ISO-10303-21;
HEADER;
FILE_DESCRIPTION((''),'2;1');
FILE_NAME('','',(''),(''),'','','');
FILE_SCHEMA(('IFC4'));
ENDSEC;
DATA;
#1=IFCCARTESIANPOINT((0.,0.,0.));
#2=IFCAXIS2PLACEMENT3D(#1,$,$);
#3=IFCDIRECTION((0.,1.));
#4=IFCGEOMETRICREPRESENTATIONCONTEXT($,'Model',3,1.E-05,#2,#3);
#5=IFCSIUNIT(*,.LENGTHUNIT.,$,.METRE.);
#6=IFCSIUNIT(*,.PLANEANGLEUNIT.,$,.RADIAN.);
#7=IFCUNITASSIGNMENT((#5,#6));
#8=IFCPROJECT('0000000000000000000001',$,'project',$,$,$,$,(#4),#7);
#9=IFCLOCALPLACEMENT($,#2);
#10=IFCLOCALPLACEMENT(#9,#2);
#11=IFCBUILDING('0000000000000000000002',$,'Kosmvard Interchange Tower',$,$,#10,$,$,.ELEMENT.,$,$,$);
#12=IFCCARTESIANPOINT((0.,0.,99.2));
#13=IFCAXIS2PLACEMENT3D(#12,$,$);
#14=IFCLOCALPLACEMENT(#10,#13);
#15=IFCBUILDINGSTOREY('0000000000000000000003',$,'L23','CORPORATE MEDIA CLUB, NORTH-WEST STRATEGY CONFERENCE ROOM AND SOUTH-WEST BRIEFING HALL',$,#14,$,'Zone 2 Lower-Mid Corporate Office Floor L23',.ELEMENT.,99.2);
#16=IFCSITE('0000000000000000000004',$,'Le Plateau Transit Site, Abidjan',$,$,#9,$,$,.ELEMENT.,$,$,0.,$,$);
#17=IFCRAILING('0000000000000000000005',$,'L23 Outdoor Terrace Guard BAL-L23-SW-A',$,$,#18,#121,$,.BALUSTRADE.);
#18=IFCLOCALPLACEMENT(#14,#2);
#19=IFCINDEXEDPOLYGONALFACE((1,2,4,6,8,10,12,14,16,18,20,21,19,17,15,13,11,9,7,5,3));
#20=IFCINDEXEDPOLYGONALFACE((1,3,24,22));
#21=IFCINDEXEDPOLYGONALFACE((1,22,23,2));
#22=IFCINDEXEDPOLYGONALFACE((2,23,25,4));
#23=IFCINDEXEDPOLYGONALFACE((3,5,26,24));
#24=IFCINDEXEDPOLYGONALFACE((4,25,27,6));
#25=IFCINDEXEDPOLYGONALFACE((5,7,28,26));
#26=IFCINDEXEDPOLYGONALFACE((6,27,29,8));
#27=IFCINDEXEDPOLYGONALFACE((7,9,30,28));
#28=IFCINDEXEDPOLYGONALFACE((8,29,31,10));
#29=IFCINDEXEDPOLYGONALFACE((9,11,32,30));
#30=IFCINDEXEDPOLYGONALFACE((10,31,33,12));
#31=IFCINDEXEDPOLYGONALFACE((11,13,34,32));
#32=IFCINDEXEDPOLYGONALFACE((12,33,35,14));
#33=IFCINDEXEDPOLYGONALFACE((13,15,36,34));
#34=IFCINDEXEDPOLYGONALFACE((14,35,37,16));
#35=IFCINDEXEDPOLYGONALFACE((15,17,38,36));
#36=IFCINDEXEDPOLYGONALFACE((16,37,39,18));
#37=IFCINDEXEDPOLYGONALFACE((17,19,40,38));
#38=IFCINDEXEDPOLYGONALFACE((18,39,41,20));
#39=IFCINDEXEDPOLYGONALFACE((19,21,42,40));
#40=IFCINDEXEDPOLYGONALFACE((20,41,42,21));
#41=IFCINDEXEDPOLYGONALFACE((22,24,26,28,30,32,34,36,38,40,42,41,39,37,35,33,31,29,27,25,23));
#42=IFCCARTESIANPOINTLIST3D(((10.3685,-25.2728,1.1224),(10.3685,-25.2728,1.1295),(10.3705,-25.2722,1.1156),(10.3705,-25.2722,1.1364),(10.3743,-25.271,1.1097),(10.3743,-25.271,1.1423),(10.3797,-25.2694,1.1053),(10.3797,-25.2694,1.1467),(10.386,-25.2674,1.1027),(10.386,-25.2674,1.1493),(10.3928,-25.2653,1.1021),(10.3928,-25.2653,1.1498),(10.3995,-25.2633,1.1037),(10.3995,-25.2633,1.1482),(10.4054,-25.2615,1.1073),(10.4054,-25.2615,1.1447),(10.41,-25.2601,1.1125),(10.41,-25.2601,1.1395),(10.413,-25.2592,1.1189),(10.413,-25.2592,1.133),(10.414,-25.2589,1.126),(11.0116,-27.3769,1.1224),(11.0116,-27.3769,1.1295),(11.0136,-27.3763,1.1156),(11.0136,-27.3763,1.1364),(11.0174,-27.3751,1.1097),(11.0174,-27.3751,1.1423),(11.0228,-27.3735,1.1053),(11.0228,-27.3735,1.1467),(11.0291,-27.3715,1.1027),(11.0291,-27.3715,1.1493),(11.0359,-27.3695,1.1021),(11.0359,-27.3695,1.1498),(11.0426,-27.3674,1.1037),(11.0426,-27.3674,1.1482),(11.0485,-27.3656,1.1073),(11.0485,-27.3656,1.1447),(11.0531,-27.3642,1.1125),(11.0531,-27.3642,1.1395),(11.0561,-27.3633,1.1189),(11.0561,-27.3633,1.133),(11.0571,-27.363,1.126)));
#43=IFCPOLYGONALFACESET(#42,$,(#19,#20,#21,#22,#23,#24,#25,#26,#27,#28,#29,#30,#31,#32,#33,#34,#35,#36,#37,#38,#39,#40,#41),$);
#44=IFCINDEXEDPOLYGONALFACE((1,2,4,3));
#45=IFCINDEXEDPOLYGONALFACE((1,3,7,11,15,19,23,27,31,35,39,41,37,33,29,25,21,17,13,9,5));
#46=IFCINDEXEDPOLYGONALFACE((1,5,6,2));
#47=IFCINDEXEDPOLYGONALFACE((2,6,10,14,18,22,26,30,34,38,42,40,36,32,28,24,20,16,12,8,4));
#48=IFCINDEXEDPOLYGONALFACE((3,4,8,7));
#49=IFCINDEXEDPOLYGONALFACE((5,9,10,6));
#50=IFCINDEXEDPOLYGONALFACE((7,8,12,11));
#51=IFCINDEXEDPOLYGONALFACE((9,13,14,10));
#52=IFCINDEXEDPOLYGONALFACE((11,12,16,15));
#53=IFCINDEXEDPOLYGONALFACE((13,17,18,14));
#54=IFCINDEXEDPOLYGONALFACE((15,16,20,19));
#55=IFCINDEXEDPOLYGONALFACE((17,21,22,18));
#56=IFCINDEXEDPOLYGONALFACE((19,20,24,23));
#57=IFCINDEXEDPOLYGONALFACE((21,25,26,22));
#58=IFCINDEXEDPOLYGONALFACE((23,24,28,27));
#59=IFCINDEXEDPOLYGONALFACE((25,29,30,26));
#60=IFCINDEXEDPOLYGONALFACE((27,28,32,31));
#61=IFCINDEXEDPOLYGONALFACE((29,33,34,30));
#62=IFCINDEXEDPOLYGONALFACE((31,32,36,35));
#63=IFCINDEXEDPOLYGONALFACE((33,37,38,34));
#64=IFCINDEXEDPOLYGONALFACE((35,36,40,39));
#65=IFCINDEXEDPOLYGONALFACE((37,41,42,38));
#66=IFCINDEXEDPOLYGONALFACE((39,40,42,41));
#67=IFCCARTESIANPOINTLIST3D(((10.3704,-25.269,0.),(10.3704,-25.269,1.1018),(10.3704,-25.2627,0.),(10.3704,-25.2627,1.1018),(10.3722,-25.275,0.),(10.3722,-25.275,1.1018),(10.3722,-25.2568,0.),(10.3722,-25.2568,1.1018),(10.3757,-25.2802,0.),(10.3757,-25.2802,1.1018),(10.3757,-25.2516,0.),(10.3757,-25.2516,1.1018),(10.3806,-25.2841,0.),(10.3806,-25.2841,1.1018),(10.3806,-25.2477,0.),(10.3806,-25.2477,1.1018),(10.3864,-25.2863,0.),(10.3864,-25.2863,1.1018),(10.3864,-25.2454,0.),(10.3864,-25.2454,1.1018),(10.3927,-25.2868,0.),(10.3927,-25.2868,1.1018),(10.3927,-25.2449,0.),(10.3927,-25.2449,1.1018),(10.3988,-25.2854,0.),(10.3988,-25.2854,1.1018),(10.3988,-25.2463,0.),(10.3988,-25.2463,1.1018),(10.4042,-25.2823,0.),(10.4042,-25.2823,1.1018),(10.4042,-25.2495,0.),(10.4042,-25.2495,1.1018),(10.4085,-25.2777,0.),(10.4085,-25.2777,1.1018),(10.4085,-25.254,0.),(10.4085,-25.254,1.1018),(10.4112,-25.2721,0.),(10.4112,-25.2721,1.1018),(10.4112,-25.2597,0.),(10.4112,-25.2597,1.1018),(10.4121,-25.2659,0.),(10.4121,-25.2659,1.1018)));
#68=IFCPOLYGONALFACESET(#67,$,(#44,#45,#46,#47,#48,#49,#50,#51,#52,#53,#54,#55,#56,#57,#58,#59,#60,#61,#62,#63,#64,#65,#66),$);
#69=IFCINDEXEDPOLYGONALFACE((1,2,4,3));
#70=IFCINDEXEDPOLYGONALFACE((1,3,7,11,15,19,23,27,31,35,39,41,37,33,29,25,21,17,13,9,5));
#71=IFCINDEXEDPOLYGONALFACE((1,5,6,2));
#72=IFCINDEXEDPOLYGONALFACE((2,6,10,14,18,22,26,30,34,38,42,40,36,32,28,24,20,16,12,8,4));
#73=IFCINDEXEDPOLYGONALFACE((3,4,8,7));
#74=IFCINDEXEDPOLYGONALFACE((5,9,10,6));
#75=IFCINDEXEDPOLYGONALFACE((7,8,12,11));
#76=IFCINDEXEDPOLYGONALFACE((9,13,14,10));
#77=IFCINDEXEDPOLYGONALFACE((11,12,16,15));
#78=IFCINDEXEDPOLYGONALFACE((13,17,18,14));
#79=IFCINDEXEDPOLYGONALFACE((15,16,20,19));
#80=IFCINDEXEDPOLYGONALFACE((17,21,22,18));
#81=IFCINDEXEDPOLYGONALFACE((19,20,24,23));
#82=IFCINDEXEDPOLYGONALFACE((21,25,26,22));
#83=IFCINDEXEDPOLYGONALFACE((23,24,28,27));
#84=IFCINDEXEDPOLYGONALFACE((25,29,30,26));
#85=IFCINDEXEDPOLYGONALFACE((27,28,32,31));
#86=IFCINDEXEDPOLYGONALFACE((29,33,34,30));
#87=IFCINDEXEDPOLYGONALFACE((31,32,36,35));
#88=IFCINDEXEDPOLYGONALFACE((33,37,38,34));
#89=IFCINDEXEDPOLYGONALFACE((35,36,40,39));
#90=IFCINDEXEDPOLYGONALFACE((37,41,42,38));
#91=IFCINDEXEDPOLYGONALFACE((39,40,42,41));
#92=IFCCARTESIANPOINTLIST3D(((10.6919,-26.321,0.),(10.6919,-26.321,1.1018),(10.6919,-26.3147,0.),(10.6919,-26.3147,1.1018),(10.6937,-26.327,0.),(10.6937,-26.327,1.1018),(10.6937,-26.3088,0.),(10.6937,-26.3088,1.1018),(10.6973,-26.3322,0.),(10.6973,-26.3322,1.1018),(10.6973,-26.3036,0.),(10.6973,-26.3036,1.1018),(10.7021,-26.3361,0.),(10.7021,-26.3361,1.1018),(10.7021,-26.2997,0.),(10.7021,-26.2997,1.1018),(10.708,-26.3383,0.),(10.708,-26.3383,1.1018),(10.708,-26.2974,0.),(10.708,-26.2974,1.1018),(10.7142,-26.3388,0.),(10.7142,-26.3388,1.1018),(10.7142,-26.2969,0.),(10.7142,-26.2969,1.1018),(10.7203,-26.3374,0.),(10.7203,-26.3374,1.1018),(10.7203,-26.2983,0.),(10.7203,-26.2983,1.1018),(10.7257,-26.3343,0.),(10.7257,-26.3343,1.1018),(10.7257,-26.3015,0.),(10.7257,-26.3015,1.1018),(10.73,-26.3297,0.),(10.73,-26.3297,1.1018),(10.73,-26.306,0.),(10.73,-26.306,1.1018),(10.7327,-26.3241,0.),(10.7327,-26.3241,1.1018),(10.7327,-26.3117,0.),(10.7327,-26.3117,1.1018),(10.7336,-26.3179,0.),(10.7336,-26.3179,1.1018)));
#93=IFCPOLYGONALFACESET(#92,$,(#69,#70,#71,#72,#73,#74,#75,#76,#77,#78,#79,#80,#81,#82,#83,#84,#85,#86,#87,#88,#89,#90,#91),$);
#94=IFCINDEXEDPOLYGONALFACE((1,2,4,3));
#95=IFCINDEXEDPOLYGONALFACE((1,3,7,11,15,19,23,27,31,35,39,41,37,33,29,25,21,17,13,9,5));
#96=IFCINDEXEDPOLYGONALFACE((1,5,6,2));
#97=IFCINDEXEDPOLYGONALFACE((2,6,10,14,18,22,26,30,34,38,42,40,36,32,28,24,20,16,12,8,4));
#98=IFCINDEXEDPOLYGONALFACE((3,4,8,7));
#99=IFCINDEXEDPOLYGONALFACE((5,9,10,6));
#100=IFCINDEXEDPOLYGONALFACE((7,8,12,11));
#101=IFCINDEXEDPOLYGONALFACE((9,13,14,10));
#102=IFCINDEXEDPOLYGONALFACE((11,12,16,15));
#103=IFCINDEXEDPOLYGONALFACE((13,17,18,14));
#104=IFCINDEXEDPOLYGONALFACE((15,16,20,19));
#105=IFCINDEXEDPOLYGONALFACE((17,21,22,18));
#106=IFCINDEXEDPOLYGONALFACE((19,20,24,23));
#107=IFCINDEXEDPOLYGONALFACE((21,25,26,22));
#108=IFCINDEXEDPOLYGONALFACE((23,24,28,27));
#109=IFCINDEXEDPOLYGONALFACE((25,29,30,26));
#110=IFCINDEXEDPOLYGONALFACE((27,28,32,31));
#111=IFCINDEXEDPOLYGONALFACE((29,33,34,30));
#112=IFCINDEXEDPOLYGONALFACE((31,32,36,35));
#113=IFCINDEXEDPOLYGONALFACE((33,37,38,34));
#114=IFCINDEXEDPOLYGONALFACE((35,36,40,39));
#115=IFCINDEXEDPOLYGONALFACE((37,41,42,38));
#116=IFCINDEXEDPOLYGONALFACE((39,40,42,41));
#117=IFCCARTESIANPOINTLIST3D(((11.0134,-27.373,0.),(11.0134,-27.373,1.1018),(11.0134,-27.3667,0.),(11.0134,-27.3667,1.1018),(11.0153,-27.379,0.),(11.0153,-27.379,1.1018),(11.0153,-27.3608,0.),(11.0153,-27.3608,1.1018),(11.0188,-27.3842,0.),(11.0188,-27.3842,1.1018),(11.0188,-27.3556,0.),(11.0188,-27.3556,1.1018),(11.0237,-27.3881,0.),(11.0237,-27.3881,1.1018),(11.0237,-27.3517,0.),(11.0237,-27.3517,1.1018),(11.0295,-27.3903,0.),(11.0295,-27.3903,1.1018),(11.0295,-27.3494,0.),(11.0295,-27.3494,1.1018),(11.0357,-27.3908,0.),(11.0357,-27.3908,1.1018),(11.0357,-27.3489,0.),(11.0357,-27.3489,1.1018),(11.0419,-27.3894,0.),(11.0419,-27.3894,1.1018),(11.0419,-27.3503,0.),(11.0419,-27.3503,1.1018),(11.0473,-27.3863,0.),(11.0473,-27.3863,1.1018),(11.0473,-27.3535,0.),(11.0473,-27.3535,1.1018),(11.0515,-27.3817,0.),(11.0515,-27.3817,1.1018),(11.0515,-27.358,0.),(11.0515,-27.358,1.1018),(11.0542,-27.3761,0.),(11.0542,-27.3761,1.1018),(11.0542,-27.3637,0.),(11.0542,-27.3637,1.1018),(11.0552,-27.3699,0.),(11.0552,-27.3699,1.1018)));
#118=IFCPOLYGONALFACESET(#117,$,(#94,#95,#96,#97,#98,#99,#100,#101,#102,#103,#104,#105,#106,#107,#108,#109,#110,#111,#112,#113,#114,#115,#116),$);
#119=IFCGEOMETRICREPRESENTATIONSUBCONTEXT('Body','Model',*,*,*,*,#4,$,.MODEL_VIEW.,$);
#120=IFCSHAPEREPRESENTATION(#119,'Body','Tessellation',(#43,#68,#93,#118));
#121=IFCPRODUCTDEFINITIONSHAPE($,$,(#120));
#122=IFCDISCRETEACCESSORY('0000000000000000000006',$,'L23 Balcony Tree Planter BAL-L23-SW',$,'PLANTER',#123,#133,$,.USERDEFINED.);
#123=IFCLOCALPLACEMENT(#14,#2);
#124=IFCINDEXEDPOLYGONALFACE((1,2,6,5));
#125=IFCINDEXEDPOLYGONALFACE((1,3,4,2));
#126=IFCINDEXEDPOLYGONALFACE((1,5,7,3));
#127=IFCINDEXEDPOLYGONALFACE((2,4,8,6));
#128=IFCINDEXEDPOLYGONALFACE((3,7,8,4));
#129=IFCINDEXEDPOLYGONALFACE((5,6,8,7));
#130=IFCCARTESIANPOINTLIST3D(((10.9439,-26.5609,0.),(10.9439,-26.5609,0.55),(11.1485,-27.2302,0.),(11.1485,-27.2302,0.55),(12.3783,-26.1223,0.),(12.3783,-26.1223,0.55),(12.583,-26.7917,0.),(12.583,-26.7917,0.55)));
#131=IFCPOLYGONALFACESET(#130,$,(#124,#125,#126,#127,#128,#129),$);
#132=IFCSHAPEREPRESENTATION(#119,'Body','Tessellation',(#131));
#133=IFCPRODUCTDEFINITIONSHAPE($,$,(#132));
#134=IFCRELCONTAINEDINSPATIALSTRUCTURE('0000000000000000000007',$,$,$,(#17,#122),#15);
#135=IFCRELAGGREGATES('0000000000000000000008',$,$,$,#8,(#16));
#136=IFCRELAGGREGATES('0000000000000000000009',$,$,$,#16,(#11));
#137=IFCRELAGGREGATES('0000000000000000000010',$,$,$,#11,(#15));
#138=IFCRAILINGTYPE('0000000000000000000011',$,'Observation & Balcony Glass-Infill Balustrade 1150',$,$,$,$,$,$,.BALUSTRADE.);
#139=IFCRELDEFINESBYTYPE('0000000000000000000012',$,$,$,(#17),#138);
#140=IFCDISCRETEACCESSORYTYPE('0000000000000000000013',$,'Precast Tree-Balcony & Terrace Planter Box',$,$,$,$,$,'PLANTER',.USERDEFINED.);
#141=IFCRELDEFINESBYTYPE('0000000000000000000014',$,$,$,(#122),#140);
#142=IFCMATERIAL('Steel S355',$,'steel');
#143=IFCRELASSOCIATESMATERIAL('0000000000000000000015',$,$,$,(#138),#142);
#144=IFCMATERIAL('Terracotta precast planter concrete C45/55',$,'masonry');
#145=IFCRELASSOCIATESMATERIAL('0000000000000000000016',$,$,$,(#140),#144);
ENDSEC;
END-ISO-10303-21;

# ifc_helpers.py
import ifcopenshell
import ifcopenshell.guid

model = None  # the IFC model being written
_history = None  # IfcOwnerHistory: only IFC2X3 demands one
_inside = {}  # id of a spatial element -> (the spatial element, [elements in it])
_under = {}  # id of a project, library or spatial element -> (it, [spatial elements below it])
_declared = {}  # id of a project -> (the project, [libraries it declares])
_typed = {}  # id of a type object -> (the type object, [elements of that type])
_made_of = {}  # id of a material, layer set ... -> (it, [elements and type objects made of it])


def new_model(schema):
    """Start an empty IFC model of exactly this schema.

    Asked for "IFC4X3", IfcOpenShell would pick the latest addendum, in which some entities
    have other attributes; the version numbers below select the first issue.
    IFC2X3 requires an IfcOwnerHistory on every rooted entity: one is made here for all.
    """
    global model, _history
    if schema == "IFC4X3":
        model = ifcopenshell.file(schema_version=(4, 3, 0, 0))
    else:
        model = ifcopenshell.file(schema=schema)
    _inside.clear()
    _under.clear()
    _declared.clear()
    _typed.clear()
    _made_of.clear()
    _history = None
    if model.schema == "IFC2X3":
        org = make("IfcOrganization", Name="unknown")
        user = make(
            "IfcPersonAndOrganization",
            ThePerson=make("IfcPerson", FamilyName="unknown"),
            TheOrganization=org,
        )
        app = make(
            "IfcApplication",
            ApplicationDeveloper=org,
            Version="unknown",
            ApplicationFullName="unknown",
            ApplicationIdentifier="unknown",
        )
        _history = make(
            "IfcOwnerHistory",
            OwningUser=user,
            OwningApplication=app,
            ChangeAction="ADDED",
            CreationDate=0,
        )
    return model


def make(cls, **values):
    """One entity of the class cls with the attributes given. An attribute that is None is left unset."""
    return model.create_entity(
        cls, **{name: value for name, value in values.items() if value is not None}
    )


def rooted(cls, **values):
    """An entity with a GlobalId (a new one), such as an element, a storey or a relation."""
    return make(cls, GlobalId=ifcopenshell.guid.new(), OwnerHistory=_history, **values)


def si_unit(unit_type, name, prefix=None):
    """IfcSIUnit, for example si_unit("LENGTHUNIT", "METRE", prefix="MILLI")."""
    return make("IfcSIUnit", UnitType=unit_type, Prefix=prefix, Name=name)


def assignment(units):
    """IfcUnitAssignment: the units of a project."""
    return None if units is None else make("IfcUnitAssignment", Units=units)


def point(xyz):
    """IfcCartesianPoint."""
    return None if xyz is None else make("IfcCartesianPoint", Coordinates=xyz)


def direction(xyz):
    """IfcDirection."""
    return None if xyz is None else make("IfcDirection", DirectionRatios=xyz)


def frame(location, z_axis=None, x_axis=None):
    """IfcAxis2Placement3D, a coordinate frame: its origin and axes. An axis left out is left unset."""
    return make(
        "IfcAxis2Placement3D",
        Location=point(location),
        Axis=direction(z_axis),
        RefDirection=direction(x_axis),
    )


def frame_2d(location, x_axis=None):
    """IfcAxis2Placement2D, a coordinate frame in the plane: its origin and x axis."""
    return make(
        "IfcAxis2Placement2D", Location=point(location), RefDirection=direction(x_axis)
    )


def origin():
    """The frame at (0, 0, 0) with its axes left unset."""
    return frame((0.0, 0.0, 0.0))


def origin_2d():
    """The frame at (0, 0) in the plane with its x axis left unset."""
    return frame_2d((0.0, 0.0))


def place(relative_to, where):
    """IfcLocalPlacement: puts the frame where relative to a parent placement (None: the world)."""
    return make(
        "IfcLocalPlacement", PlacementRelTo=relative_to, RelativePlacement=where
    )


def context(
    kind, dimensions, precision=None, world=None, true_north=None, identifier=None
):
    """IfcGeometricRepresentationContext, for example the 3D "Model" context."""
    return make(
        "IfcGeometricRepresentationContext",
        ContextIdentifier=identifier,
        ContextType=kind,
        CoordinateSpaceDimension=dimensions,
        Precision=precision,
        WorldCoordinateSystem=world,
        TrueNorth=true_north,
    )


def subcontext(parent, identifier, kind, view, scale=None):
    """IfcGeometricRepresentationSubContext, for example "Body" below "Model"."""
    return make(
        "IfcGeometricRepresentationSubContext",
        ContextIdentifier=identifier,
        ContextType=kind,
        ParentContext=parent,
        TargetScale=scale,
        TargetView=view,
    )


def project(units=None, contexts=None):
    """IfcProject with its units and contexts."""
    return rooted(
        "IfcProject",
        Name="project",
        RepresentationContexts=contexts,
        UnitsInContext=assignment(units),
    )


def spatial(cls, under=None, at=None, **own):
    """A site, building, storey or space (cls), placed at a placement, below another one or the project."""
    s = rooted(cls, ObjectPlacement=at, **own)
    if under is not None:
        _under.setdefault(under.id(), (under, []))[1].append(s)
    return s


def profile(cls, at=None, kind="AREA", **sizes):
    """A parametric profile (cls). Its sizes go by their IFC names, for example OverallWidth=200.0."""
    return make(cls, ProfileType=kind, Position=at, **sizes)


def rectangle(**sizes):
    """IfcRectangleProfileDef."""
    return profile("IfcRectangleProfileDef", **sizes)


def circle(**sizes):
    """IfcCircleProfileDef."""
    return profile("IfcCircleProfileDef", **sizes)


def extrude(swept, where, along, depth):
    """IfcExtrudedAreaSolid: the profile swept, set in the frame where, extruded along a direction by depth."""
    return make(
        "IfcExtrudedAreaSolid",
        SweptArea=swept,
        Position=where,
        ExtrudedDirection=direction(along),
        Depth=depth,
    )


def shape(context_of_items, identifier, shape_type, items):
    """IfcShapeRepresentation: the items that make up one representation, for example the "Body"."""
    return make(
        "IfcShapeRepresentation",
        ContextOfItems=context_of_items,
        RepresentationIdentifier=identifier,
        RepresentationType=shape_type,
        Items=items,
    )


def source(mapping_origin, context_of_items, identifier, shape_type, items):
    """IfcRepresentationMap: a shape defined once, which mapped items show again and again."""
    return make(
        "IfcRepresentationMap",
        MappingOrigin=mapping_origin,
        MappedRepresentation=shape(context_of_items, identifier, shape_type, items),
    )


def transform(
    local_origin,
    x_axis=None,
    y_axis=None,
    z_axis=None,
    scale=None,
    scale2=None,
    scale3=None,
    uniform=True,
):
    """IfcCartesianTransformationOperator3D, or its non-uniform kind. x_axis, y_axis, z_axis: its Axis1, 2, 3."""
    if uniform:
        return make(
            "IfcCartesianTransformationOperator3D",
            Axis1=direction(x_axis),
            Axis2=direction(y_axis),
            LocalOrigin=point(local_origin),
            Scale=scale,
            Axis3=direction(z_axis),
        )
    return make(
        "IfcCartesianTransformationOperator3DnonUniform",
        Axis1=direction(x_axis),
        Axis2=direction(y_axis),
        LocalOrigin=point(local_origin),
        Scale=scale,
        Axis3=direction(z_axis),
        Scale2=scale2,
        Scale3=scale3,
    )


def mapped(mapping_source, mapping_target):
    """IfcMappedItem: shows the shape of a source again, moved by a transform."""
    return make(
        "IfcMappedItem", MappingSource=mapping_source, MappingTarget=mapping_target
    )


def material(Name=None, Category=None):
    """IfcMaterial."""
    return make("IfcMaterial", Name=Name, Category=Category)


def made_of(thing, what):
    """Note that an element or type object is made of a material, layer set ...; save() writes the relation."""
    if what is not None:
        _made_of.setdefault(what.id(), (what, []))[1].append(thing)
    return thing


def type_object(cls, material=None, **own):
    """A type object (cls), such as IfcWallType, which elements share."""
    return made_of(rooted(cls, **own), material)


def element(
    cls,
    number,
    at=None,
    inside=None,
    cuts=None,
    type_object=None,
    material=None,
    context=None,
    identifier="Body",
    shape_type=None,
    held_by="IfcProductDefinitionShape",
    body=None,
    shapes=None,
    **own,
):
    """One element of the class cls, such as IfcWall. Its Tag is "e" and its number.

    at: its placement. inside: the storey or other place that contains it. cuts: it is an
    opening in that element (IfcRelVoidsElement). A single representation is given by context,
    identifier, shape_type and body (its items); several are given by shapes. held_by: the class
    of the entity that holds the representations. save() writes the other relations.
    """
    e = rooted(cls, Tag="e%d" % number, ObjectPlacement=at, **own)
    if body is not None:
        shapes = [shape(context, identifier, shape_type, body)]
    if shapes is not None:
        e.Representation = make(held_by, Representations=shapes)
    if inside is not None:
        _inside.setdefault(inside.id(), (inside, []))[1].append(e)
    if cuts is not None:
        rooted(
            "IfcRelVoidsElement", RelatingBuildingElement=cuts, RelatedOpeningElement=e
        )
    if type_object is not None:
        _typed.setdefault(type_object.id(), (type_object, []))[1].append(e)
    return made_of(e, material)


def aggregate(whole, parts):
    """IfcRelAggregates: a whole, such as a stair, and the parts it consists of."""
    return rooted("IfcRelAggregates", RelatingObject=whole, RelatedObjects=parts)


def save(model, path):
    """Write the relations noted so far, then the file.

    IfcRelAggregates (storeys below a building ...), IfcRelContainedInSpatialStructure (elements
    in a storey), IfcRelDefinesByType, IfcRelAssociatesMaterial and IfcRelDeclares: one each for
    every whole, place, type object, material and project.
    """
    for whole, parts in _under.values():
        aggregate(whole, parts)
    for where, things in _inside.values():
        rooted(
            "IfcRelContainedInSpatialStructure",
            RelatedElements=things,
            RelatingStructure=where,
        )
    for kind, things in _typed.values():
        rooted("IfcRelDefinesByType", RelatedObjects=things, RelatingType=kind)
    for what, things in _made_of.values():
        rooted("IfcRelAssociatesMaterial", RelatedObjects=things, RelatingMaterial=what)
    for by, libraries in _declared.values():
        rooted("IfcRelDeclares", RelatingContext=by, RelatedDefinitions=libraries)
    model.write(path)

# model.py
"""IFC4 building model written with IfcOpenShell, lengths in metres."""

from ifc_helpers import new_model, si_unit, direction, frame, origin, origin_2d, place, context, subcontext, project, spatial, rectangle, circle, extrude, source, transform, mapped, material, type_object, element, save


model = new_model("IFC4")

# Units and contexts
model_context = context("Model", 3, precision=1e-05, world=origin(), true_north=direction((0.0, 1.0)))
body_context = subcontext(model_context, "Body", "Model", "MODEL_VIEW")
ifc_project = project(units=[si_unit("LENGTHUNIT", "METRE"), si_unit("PLANEANGLEUNIT", "RADIAN")], contexts=[model_context])

# Site, building, storey
site_placement = place(None, origin())
site = spatial("IfcSite", under=ifc_project, at=site_placement, Name="Le Plateau Transit Site, Abidjan", CompositionType="ELEMENT", RefElevation=0.0)
building_placement = place(site_placement, origin())
building = spatial("IfcBuilding", under=site, at=building_placement, Name="Kosmvard Interchange Tower", CompositionType="ELEMENT")
storey_placement = place(building_placement, frame((0.0, 0.0, 99.2)))
storey = spatial("IfcBuildingStorey", under=building, at=storey_placement, Name="L23", Description="CORPORATE MEDIA CLUB, NORTH-WEST STRATEGY CONFERENCE ROOM AND SOUTH-WEST BRIEFING HALL", LongName="Zone 2 Lower-Mid Corporate Office Floor L23", CompositionType="ELEMENT", Elevation=99.2)

# Shared definitions
ifc_material_1 = material(Name="Steel S355", Category="steel")

# Railing
railing_type = type_object("IfcRailingType", Name="Observation & Balcony Glass-Infill Balustrade 1150", PredefinedType="BALUSTRADE", material=ifc_material_1)
shared_shape_1 = source(origin(), body_context, "Body", "SweptSolid", [
    extrude(circle(Radius=0.0239, at=origin_2d()), frame((0.0, 0.0, 1.126), z_axis=(0.292292, -0.956329, 0.0), x_axis=(0.956329, 0.292292, 0.0)), (0.0, 0.0, 1.0), 2.2002),
    extrude(circle(Radius=0.021, at=origin_2d()), origin(), (0.0, 0.0, 1.0), 1.1018),
    extrude(circle(Radius=0.021, at=origin_2d()), frame((0.3215, -1.052, 0.0)), (0.0, 0.0, 1.0), 1.1018),
    extrude(circle(Radius=0.021, at=origin_2d()), frame((0.6431, -2.104, 0.0)), (0.0, 0.0, 1.0), 1.1018),
])
railing_1_placement = place(storey_placement, frame((10.3911, -25.2659, 0.0)))
element("IfcRailing", 1, at=railing_1_placement, inside=storey, type_object=railing_type, Name="L23 Outdoor Terrace Guard BAL-L23-SW-A", PredefinedType="BALUSTRADE", context=body_context, shape_type="MappedRepresentation", body=[
    mapped(shared_shape_1, transform((0.0, 0.0, 0.0), scale=1.0)),
])

# Discrete accessory
ifc_material_2 = material(Name="Terracotta precast planter concrete C45/55", Category="masonry")
discrete_accessory_type = type_object("IfcDiscreteAccessoryType", Name="Precast Tree-Balcony & Terrace Planter Box", ElementType="PLANTER", PredefinedType="USERDEFINED", material=ifc_material_2)
shared_shape_2 = source(origin(), body_context, "Body", "SweptSolid", [
    extrude(rectangle(XDim=1.5, YDim=0.7, at=origin_2d()), origin(), (0.0, 0.0, 1.0), 0.55),
])
discrete_accessory_placement = place(storey_placement, frame((11.7634, -26.6763, 0.0), z_axis=(0.0, 0.0, 1.0), x_axis=(0.956305, 0.292372, 0.0)))
element("IfcDiscreteAccessory", 2, at=discrete_accessory_placement, inside=storey, type_object=discrete_accessory_type, Name="L23 Balcony Tree Planter BAL-L23-SW", ObjectType="PLANTER", PredefinedType="USERDEFINED", context=body_context, shape_type="MappedRepresentation", body=[
    mapped(shared_shape_2, transform((0.0, 0.0, 0.0), scale=1.0)),
])

save(model, "model.ifc")
